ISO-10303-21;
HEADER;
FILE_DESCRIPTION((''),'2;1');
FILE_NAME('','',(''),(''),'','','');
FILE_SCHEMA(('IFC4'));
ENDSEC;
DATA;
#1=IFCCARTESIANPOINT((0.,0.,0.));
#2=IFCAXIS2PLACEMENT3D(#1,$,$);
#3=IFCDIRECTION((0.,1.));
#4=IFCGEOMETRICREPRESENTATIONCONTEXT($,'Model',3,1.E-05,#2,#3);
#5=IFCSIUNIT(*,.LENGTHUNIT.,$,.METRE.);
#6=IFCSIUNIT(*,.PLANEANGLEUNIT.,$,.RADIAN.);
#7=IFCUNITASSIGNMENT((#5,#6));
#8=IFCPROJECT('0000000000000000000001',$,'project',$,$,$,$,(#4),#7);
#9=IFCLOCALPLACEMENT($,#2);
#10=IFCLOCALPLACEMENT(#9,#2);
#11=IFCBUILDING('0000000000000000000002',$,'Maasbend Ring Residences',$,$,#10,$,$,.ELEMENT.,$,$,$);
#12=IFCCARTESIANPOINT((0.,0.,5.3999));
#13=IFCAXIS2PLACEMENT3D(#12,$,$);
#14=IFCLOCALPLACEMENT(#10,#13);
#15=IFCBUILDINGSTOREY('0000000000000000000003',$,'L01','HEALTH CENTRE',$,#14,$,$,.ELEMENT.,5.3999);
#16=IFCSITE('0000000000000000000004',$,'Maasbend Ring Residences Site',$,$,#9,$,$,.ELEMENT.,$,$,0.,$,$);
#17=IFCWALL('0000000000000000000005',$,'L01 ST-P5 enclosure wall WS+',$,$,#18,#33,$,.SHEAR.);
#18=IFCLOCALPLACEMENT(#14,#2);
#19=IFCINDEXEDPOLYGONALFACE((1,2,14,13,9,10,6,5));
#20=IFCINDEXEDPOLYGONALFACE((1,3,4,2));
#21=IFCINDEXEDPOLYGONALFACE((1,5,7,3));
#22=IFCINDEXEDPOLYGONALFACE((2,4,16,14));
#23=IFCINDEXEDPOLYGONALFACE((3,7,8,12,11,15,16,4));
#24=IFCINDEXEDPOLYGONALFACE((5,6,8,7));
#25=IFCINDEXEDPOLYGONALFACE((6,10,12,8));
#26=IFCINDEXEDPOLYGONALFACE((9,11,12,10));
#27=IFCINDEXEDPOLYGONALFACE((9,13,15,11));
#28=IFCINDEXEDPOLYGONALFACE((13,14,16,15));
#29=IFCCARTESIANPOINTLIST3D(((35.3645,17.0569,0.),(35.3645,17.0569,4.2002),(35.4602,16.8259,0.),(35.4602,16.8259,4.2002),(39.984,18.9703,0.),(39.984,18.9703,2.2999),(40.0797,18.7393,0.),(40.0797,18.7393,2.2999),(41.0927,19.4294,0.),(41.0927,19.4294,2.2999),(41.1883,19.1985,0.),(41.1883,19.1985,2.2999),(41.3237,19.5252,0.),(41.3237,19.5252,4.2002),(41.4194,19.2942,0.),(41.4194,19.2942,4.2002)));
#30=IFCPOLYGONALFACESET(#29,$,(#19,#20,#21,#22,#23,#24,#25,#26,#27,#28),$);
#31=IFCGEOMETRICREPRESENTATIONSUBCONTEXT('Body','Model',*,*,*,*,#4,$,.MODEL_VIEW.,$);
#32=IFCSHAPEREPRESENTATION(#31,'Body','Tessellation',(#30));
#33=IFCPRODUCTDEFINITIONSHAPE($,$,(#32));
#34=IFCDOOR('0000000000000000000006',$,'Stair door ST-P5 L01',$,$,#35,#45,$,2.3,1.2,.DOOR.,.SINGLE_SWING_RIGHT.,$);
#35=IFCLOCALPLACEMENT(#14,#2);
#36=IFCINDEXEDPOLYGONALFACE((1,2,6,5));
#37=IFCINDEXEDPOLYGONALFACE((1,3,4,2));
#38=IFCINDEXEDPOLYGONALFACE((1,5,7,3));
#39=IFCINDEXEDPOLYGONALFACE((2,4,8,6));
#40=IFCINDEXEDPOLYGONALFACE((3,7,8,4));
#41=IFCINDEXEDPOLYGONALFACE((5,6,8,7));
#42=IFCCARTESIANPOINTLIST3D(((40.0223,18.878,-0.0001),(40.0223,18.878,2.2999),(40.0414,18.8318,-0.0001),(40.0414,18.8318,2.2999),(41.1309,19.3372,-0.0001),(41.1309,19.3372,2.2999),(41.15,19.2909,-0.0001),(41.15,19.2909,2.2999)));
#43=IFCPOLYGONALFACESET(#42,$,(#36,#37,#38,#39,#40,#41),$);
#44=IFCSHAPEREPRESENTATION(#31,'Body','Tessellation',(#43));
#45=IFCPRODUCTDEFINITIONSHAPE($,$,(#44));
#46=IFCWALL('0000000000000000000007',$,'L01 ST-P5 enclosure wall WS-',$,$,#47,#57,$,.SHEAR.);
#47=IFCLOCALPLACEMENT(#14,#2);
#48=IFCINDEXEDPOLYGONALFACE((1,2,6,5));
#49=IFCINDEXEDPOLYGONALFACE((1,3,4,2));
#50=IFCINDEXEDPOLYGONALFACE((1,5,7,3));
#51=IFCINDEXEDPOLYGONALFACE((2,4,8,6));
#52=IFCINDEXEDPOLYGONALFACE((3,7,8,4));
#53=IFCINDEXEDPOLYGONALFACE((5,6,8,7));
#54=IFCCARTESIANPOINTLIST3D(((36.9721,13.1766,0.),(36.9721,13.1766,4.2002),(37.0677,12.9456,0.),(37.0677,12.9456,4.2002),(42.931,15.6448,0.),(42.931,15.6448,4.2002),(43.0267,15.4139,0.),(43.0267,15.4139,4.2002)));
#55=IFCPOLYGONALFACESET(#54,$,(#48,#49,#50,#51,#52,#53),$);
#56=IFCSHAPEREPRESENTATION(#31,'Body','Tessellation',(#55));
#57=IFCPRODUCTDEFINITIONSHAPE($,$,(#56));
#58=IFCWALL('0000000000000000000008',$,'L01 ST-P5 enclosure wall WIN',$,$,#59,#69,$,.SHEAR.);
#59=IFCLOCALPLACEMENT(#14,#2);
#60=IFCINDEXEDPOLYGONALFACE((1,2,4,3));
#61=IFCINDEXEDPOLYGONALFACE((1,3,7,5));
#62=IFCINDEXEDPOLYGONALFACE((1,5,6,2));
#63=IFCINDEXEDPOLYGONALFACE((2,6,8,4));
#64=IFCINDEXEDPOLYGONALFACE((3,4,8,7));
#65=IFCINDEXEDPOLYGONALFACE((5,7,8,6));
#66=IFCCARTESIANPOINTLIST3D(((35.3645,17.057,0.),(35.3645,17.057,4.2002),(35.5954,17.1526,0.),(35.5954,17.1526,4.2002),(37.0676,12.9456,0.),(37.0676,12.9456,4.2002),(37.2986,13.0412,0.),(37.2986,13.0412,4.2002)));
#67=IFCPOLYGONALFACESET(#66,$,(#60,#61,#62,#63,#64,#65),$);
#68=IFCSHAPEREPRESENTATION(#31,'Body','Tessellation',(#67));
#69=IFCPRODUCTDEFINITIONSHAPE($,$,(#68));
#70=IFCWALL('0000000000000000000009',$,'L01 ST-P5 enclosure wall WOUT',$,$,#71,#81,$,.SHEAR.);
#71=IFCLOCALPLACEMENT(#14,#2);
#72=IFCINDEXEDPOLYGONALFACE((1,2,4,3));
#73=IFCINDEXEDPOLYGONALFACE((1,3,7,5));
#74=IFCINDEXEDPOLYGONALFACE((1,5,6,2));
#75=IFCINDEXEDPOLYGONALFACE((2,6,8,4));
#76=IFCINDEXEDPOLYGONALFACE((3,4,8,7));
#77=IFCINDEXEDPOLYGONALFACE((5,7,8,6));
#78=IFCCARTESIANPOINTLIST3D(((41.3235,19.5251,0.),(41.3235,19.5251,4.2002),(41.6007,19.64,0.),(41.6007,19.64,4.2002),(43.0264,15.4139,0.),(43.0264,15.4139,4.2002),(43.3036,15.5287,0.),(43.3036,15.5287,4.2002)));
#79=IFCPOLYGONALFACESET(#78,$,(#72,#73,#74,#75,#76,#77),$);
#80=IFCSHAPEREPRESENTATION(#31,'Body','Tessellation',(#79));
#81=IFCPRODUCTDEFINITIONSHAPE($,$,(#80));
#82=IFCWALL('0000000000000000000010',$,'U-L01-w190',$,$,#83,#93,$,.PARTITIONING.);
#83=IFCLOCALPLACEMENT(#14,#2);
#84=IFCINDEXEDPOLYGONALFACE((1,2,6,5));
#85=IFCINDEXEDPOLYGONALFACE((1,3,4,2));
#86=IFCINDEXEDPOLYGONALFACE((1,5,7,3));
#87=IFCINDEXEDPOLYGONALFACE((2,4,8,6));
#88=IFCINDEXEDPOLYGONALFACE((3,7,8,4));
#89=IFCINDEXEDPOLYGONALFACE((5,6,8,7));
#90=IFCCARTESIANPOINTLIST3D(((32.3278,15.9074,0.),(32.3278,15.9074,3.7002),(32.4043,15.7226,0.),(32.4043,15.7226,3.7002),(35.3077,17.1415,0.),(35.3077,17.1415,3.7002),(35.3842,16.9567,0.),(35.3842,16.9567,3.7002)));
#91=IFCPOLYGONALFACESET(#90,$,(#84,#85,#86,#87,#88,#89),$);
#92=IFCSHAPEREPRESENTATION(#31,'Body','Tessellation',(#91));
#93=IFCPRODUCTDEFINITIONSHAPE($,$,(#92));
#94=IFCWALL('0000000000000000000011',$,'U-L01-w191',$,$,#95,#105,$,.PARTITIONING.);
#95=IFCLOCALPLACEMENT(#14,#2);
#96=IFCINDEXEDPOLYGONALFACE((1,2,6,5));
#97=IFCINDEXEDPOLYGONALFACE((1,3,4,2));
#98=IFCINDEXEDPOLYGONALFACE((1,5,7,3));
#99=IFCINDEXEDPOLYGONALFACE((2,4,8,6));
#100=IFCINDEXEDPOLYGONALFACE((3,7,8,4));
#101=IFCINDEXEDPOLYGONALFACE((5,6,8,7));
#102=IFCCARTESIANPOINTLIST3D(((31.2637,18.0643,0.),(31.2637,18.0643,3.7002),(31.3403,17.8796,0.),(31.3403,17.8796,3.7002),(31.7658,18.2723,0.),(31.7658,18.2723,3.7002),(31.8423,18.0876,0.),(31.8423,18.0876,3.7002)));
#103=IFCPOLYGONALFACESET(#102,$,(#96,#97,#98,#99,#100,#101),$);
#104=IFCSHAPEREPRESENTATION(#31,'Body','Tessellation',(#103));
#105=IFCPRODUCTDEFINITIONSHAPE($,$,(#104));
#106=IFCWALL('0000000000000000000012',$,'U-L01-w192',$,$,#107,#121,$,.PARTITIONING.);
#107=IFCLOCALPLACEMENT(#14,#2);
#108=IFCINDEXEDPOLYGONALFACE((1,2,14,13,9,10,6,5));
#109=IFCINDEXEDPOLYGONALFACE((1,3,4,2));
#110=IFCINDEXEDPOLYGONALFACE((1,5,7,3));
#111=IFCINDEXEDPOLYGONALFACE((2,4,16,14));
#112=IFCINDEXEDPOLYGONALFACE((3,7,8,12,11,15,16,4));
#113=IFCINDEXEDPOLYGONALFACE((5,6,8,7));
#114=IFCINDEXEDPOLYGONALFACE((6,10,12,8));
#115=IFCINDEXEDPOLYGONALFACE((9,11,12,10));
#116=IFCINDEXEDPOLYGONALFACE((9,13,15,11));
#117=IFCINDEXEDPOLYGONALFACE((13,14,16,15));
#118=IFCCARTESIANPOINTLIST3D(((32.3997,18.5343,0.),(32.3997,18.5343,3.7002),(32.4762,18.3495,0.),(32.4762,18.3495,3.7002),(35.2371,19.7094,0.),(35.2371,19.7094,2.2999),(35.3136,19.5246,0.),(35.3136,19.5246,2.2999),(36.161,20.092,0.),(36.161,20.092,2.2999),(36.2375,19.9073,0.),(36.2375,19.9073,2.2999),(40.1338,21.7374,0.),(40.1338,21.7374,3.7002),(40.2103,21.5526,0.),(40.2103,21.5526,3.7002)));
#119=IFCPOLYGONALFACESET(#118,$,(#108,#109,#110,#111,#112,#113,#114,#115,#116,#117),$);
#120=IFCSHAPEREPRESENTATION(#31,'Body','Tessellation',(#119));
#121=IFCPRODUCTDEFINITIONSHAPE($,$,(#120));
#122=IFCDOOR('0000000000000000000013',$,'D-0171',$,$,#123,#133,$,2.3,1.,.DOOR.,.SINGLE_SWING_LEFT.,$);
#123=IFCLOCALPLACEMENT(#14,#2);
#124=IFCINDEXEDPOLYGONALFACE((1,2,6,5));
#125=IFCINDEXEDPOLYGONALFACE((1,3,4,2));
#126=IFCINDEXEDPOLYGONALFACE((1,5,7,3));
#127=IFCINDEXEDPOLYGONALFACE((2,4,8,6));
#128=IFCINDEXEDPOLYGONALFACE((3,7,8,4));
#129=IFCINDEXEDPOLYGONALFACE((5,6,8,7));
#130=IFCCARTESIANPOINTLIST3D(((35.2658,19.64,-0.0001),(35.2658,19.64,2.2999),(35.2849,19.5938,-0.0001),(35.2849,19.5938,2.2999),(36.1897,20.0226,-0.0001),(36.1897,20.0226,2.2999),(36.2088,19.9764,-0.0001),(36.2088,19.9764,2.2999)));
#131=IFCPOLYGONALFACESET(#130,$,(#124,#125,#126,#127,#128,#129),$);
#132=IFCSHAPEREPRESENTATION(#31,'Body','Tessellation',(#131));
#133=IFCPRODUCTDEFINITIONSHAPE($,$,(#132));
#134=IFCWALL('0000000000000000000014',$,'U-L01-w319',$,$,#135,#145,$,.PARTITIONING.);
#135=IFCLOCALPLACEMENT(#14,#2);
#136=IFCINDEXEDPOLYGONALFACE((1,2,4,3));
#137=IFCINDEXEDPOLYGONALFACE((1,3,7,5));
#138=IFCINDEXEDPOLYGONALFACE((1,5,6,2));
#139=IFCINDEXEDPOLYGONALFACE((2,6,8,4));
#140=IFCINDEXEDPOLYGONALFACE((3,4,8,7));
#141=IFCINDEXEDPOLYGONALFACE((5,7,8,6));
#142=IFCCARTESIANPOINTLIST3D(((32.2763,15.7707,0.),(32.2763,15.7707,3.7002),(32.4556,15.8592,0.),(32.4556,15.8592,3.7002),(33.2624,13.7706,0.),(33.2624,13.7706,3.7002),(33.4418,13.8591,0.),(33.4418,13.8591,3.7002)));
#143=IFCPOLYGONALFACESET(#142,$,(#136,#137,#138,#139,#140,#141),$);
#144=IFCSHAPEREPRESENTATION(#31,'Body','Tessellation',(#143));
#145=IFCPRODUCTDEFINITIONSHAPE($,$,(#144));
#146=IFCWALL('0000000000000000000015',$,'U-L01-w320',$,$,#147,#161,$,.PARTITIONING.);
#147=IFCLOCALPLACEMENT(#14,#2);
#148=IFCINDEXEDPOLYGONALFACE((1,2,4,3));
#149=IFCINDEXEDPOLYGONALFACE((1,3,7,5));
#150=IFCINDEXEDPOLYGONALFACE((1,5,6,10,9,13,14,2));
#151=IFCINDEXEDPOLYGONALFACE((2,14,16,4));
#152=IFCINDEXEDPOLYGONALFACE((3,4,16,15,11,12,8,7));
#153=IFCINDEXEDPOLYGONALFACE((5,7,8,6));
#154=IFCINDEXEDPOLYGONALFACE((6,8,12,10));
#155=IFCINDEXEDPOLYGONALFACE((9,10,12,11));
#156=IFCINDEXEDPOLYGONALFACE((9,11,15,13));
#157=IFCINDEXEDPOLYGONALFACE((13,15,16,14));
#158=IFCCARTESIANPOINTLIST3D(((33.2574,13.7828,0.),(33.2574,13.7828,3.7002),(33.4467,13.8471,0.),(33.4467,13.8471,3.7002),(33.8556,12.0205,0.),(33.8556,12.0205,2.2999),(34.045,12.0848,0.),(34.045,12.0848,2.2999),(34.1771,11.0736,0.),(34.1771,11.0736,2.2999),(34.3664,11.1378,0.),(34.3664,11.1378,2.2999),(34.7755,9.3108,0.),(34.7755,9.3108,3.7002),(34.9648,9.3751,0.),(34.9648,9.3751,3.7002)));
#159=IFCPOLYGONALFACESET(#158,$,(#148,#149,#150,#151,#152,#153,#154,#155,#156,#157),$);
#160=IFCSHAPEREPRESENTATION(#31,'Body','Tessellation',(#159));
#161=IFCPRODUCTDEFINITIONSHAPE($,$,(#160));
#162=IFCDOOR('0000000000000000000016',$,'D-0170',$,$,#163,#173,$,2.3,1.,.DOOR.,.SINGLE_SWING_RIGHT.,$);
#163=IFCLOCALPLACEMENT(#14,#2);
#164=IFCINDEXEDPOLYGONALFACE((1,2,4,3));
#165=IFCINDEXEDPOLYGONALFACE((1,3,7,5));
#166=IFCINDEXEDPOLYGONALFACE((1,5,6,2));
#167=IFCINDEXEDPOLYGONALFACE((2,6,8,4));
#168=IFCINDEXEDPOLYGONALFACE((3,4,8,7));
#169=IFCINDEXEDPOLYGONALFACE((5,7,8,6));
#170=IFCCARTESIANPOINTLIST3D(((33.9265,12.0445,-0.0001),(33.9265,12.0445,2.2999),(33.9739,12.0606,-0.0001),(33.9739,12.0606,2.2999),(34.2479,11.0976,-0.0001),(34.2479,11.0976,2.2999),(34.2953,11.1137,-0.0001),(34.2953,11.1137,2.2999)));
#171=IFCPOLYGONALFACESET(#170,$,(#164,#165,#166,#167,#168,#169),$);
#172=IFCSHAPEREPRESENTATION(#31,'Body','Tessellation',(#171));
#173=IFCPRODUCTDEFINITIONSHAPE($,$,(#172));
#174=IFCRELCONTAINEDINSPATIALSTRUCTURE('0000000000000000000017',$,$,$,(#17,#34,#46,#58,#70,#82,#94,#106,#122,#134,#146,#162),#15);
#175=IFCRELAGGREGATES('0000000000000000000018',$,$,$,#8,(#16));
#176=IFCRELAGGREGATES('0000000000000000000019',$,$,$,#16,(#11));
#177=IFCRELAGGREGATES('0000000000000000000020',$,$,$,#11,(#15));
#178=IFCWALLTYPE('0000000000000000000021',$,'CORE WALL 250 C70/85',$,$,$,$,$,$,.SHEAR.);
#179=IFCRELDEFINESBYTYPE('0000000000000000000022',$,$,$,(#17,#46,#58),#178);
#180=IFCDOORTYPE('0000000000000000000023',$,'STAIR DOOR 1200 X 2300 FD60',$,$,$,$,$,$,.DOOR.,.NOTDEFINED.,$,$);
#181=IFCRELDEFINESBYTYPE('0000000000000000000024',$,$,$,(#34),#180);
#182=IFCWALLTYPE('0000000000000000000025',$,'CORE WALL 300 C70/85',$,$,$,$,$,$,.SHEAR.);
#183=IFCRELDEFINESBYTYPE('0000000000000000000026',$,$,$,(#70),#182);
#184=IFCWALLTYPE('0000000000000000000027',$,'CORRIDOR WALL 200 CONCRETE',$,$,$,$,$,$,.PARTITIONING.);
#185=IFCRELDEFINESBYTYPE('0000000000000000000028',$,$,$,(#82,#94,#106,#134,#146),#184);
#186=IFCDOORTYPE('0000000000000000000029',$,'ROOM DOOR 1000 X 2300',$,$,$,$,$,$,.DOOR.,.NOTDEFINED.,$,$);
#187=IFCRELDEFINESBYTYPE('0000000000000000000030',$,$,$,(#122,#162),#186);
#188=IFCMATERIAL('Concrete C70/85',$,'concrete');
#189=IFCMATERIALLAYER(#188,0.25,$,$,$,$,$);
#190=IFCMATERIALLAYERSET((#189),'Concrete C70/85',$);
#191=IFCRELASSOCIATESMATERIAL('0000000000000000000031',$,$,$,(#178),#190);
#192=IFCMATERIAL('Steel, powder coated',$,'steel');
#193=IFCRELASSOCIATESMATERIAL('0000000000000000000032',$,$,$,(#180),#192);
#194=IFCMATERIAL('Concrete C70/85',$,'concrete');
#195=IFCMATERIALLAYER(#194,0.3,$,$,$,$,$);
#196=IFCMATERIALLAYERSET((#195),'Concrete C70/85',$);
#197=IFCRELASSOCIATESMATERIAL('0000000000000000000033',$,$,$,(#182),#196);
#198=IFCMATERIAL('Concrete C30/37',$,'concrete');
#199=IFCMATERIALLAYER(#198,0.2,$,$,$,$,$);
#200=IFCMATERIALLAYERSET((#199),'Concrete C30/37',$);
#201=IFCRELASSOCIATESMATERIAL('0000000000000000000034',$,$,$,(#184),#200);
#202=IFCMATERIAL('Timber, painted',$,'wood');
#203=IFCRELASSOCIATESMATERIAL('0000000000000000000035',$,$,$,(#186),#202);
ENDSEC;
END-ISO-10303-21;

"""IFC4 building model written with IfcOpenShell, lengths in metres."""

from ifc_helpers import new_model, si_unit, direction, frame, frame_2d, origin, place, context, subcontext, project, spatial, rectangle, extrude, material, layer, layer_set, type_object, element, fill, save


model = new_model("IFC4")

# Units and contexts
model_context = context("Model", 3, precision=1e-05, world=origin(), true_north=direction((0.0, 1.0)))
body_context = subcontext(model_context, "Body", "Model", "MODEL_VIEW")
ifc_project = project(units=[si_unit("LENGTHUNIT", "METRE"), si_unit("PLANEANGLEUNIT", "RADIAN")], contexts=[model_context])

# Site, building, storey
site_placement = place(None, origin())
site = spatial("IfcSite", under=ifc_project, at=site_placement, Name="Maasbend Ring Residences Site", CompositionType="ELEMENT", RefElevation=0.0)
building_placement = place(site_placement, origin())
building = spatial("IfcBuilding", under=site, at=building_placement, Name="Maasbend Ring Residences", CompositionType="ELEMENT")
storey_placement = place(building_placement, frame((0.0, 0.0, 5.3999)))
storey = spatial("IfcBuildingStorey", under=building, at=storey_placement, Name="L01", Description="HEALTH CENTRE", CompositionType="ELEMENT", Elevation=5.3999)

# Wall, opening, door
ifc_material_1 = material(Name="Concrete C70/85", Category="concrete")
ifc_layer_1 = layer(ifc_material_1, 0.25)
ifc_layer_set_1 = layer_set([ifc_layer_1], Name="Concrete C70/85")
wall_type_1 = type_object("IfcWallType", Name="CORE WALL 250 C70/85", PredefinedType="SHEAR", material=ifc_layer_set_1)
wall_1_placement = place(storey_placement, frame((41.3716, 19.4097, 0.0), z_axis=(0.0, 0.0, 1.0), x_axis=(-0.923887, -0.382666, 0.0)))
wall_1 = element("IfcWall", 1, at=wall_1_placement, inside=storey, type_object=wall_type_1, Name="L01 ST-P5 enclosure wall WS+", PredefinedType="SHEAR", context=body_context, shape_type="SweptSolid", body=[
    extrude(rectangle(XDim=6.4502, YDim=0.25, at=frame_2d((3.2251, 0.0))), origin(), (0.0, 0.0, 1.0), 4.2002),
])
opening_1_placement = place(wall_1_placement, frame((0.25, 0.0, 0.0)))
opening_1 = element("IfcOpeningElement", 2, at=opening_1_placement, cuts=wall_1, PredefinedType="OPENING", context=body_context, shape_type="SweptSolid", body=[
    extrude(rectangle(XDim=1.2, YDim=2.3, at=frame_2d((0.6001, 1.1499))), frame((0.0, 0.135, 0.0), z_axis=(0.0, -1.0, 0.0), x_axis=(1.0, 0.0, 0.0)), (0.0, 0.0, 1.0), 0.27),
])
ifc_material_2 = material(Name="Steel, powder coated", Category="steel")
door_type_1 = type_object("IfcDoorType", Name="STAIR DOOR 1200 X 2300 FD60", OperationType="NOTDEFINED", PredefinedType="DOOR", material=ifc_material_2)
door_1_placement = place(opening_1_placement, origin())
door_1 = element("IfcDoor", 3, at=door_1_placement, inside=storey, type_object=door_type_1, Name="Stair door ST-P5 L01", OperationType="SINGLE_SWING_RIGHT", OverallHeight=2.3, OverallWidth=1.2, PredefinedType="DOOR", context=body_context, shape_type="SweptSolid", body=[
    extrude(rectangle(XDim=1.2, YDim=2.3, at=frame_2d((0.6001, 1.1499))), frame((0.0, 0.0249, 0.0), z_axis=(0.0, -1.0, 0.0), x_axis=(1.0, 0.0, 0.0)), (0.0, 0.0, 1.0), 0.05),
])
fill(opening_1, door_1)

# Walls
wall_2_placement = place(storey_placement, frame((37.0198, 13.061, 0.0), z_axis=(0.0, 0.0, 1.0), x_axis=(0.923881, 0.382679, 0.0)))
element("IfcWall", 4, at=wall_2_placement, inside=storey, type_object=wall_type_1, Name="L01 ST-P5 enclosure wall WS-", PredefinedType="SHEAR", context=body_context, shape_type="SweptSolid", body=[
    extrude(rectangle(XDim=6.45, YDim=0.25, at=frame_2d((3.2251, 0.0))), origin(), (0.0, 0.0, 1.0), 4.2002),
])
wall_3_placement = place(storey_placement, frame((37.1831, 12.9934, 0.0), z_axis=(0.0, 0.0, 1.0), x_axis=(-0.382714, 0.923867, 0.0)))
element("IfcWall", 5, at=wall_3_placement, inside=storey, type_object=wall_type_1, Name="L01 ST-P5 enclosure wall WIN", PredefinedType="SHEAR", context=body_context, shape_type="SweptSolid", body=[
    extrude(rectangle(XDim=4.4502, YDim=0.25, at=frame_2d((2.2251, 0.0))), origin(), (0.0, 0.0, 1.0), 4.2002),
])
ifc_material_3 = material(Name="Concrete C70/85", Category="concrete")
ifc_layer_2 = layer(ifc_material_3, 0.3)
ifc_layer_set_2 = layer_set([ifc_layer_2], Name="Concrete C70/85")
wall_type_2 = type_object("IfcWallType", Name="CORE WALL 300 C70/85", PredefinedType="SHEAR", material=ifc_layer_set_2)
wall_4_placement = place(storey_placement, frame((43.165, 15.4712, 0.0), z_axis=(0.0, 0.0, 1.0), x_axis=(-0.382667, 0.923886, 0.0)))
element("IfcWall", 6, at=wall_4_placement, inside=storey, type_object=wall_type_2, Name="L01 ST-P5 enclosure wall WOUT", PredefinedType="SHEAR", context=body_context, shape_type="SweptSolid", body=[
    extrude(rectangle(XDim=4.45, YDim=0.3, at=frame_2d((2.2251, 0.0))), origin(), (0.0, 0.0, 1.0), 4.2002),
])
ifc_material_4 = material(Name="Concrete C30/37", Category="concrete")
ifc_layer_3 = layer(ifc_material_4, 0.2)
ifc_layer_set_3 = layer_set([ifc_layer_3], Name="Concrete C30/37")
wall_type_3 = type_object("IfcWallType", Name="CORRIDOR WALL 200 CONCRETE", PredefinedType="PARTITIONING", material=ifc_layer_set_3)
wall_5_placement = place(storey_placement, frame((32.366, 15.8149, 0.0), z_axis=(0.0, 0.0, 1.0), x_axis=(0.923903, 0.382626, 0.0)))
element("IfcWall", 7, at=wall_5_placement, inside=storey, type_object=wall_type_3, Name="U-L01-w190", PredefinedType="PARTITIONING", context=body_context, shape_type="SweptSolid", body=[
    extrude(rectangle(XDim=3.2253, YDim=0.2, at=frame_2d((1.6128, 0.0))), origin(), (0.0, 0.0, 1.0), 3.7002),
])
wall_6_placement = place(storey_placement, frame((31.302, 17.9719, 0.0), z_axis=(0.0, 0.0, 1.0), x_axis=(0.92382, 0.382828, 0.0)))
element("IfcWall", 8, at=wall_6_placement, inside=storey, type_object=wall_type_3, Name="U-L01-w191", PredefinedType="PARTITIONING", context=body_context, shape_type="SweptSolid", body=[
    extrude(rectangle(XDim=0.5435, YDim=0.2, at=frame_2d((0.2717, 0.0))), origin(), (0.0, 0.0, 1.0), 3.7002),
])

# Wall, opening, door
wall_7_placement = place(storey_placement, frame((32.438, 18.4419, 0.0), z_axis=(0.0, 0.0, 1.0), x_axis=(0.923899, 0.382637, 0.0)))
wall_7 = element("IfcWall", 9, at=wall_7_placement, inside=storey, type_object=wall_type_3, Name="U-L01-w192", PredefinedType="PARTITIONING", context=body_context, shape_type="SweptSolid", body=[
    extrude(rectangle(XDim=8.3711, YDim=0.2, at=frame_2d((4.1855, 0.0))), origin(), (0.0, 0.0, 1.0), 3.7002),
])
opening_2_placement = place(wall_7_placement, frame((3.071, 0.0, 0.0)))
opening_2 = element("IfcOpeningElement", 10, at=opening_2_placement, cuts=wall_7, PredefinedType="OPENING", context=body_context, shape_type="SweptSolid", body=[
    extrude(rectangle(XDim=1.0, YDim=2.3, at=frame_2d((0.5, 1.1499))), frame((0.0, 0.1099, 0.0), z_axis=(0.0, -1.0, 0.0), x_axis=(1.0, 0.0, 0.0)), (0.0, 0.0, 1.0), 0.22),
])
ifc_material_5 = material(Name="Timber, painted", Category="wood")
door_type_2 = type_object("IfcDoorType", Name="ROOM DOOR 1000 X 2300", OperationType="NOTDEFINED", PredefinedType="DOOR", material=ifc_material_5)
door_2_placement = place(opening_2_placement, origin())
door_2 = element("IfcDoor", 11, at=door_2_placement, inside=storey, type_object=door_type_2, Name="D-0171", OperationType="SINGLE_SWING_LEFT", OverallHeight=2.3, OverallWidth=1.0, PredefinedType="DOOR", context=body_context, shape_type="SweptSolid", body=[
    extrude(rectangle(XDim=1.0, YDim=2.3, at=frame_2d((0.5, 1.1499))), frame((0.0, 0.0249, 0.0), z_axis=(0.0, -1.0, 0.0), x_axis=(1.0, 0.0, 0.0)), (0.0, 0.0, 1.0), 0.05),
])
fill(opening_2, door_2)

# Wall
wall_8_placement = place(storey_placement, frame((32.366, 15.8149, 0.0), z_axis=(0.0, 0.0, 1.0), x_axis=(0.442214, -0.89691, 0.0)))
element("IfcWall", 12, at=wall_8_placement, inside=storey, type_object=wall_type_3, Name="U-L01-w319", PredefinedType="PARTITIONING", context=body_context, shape_type="SweptSolid", body=[
    extrude(rectangle(XDim=2.23, YDim=0.2, at=frame_2d((1.115, 0.0))), origin(), (0.0, 0.0, 1.0), 3.7002),
])

# Wall, opening, door
wall_9_placement = place(storey_placement, frame((33.3521, 13.8149, 0.0), z_axis=(0.0, 0.0, 1.0), x_axis=(0.321449, -0.946927, 0.0)))
wall_9 = element("IfcWall", 13, at=wall_9_placement, inside=storey, type_object=wall_type_3, Name="U-L01-w320", PredefinedType="PARTITIONING", context=body_context, shape_type="SweptSolid", body=[
    extrude(rectangle(XDim=4.7227, YDim=0.2, at=frame_2d((2.3613, 0.0))), origin(), (0.0, 0.0, 1.0), 3.7002),
])
opening_3_placement = place(wall_9_placement, frame((1.8611, 0.0, 0.0)))
opening_3 = element("IfcOpeningElement", 14, at=opening_3_placement, cuts=wall_9, PredefinedType="OPENING", context=body_context, shape_type="SweptSolid", body=[
    extrude(rectangle(XDim=1.0, YDim=2.3, at=frame_2d((0.5, 1.1499))), frame((0.0, 0.1099, 0.0), z_axis=(0.0, -1.0, 0.0), x_axis=(1.0, 0.0, 0.0)), (0.0, 0.0, 1.0), 0.22),
])
door_3_placement = place(opening_3_placement, origin())
door_3 = element("IfcDoor", 15, at=door_3_placement, inside=storey, type_object=door_type_2, Name="D-0170", OperationType="SINGLE_SWING_RIGHT", OverallHeight=2.3, OverallWidth=1.0, PredefinedType="DOOR", context=body_context, shape_type="SweptSolid", body=[
    extrude(rectangle(XDim=1.0, YDim=2.3, at=frame_2d((0.5, 1.1499))), frame((0.0, 0.0249, 0.0), z_axis=(0.0, -1.0, 0.0), x_axis=(1.0, 0.0, 0.0)), (0.0, 0.0, 1.0), 0.05),
])
fill(opening_3, door_3)

save(model, "model.ifc")
